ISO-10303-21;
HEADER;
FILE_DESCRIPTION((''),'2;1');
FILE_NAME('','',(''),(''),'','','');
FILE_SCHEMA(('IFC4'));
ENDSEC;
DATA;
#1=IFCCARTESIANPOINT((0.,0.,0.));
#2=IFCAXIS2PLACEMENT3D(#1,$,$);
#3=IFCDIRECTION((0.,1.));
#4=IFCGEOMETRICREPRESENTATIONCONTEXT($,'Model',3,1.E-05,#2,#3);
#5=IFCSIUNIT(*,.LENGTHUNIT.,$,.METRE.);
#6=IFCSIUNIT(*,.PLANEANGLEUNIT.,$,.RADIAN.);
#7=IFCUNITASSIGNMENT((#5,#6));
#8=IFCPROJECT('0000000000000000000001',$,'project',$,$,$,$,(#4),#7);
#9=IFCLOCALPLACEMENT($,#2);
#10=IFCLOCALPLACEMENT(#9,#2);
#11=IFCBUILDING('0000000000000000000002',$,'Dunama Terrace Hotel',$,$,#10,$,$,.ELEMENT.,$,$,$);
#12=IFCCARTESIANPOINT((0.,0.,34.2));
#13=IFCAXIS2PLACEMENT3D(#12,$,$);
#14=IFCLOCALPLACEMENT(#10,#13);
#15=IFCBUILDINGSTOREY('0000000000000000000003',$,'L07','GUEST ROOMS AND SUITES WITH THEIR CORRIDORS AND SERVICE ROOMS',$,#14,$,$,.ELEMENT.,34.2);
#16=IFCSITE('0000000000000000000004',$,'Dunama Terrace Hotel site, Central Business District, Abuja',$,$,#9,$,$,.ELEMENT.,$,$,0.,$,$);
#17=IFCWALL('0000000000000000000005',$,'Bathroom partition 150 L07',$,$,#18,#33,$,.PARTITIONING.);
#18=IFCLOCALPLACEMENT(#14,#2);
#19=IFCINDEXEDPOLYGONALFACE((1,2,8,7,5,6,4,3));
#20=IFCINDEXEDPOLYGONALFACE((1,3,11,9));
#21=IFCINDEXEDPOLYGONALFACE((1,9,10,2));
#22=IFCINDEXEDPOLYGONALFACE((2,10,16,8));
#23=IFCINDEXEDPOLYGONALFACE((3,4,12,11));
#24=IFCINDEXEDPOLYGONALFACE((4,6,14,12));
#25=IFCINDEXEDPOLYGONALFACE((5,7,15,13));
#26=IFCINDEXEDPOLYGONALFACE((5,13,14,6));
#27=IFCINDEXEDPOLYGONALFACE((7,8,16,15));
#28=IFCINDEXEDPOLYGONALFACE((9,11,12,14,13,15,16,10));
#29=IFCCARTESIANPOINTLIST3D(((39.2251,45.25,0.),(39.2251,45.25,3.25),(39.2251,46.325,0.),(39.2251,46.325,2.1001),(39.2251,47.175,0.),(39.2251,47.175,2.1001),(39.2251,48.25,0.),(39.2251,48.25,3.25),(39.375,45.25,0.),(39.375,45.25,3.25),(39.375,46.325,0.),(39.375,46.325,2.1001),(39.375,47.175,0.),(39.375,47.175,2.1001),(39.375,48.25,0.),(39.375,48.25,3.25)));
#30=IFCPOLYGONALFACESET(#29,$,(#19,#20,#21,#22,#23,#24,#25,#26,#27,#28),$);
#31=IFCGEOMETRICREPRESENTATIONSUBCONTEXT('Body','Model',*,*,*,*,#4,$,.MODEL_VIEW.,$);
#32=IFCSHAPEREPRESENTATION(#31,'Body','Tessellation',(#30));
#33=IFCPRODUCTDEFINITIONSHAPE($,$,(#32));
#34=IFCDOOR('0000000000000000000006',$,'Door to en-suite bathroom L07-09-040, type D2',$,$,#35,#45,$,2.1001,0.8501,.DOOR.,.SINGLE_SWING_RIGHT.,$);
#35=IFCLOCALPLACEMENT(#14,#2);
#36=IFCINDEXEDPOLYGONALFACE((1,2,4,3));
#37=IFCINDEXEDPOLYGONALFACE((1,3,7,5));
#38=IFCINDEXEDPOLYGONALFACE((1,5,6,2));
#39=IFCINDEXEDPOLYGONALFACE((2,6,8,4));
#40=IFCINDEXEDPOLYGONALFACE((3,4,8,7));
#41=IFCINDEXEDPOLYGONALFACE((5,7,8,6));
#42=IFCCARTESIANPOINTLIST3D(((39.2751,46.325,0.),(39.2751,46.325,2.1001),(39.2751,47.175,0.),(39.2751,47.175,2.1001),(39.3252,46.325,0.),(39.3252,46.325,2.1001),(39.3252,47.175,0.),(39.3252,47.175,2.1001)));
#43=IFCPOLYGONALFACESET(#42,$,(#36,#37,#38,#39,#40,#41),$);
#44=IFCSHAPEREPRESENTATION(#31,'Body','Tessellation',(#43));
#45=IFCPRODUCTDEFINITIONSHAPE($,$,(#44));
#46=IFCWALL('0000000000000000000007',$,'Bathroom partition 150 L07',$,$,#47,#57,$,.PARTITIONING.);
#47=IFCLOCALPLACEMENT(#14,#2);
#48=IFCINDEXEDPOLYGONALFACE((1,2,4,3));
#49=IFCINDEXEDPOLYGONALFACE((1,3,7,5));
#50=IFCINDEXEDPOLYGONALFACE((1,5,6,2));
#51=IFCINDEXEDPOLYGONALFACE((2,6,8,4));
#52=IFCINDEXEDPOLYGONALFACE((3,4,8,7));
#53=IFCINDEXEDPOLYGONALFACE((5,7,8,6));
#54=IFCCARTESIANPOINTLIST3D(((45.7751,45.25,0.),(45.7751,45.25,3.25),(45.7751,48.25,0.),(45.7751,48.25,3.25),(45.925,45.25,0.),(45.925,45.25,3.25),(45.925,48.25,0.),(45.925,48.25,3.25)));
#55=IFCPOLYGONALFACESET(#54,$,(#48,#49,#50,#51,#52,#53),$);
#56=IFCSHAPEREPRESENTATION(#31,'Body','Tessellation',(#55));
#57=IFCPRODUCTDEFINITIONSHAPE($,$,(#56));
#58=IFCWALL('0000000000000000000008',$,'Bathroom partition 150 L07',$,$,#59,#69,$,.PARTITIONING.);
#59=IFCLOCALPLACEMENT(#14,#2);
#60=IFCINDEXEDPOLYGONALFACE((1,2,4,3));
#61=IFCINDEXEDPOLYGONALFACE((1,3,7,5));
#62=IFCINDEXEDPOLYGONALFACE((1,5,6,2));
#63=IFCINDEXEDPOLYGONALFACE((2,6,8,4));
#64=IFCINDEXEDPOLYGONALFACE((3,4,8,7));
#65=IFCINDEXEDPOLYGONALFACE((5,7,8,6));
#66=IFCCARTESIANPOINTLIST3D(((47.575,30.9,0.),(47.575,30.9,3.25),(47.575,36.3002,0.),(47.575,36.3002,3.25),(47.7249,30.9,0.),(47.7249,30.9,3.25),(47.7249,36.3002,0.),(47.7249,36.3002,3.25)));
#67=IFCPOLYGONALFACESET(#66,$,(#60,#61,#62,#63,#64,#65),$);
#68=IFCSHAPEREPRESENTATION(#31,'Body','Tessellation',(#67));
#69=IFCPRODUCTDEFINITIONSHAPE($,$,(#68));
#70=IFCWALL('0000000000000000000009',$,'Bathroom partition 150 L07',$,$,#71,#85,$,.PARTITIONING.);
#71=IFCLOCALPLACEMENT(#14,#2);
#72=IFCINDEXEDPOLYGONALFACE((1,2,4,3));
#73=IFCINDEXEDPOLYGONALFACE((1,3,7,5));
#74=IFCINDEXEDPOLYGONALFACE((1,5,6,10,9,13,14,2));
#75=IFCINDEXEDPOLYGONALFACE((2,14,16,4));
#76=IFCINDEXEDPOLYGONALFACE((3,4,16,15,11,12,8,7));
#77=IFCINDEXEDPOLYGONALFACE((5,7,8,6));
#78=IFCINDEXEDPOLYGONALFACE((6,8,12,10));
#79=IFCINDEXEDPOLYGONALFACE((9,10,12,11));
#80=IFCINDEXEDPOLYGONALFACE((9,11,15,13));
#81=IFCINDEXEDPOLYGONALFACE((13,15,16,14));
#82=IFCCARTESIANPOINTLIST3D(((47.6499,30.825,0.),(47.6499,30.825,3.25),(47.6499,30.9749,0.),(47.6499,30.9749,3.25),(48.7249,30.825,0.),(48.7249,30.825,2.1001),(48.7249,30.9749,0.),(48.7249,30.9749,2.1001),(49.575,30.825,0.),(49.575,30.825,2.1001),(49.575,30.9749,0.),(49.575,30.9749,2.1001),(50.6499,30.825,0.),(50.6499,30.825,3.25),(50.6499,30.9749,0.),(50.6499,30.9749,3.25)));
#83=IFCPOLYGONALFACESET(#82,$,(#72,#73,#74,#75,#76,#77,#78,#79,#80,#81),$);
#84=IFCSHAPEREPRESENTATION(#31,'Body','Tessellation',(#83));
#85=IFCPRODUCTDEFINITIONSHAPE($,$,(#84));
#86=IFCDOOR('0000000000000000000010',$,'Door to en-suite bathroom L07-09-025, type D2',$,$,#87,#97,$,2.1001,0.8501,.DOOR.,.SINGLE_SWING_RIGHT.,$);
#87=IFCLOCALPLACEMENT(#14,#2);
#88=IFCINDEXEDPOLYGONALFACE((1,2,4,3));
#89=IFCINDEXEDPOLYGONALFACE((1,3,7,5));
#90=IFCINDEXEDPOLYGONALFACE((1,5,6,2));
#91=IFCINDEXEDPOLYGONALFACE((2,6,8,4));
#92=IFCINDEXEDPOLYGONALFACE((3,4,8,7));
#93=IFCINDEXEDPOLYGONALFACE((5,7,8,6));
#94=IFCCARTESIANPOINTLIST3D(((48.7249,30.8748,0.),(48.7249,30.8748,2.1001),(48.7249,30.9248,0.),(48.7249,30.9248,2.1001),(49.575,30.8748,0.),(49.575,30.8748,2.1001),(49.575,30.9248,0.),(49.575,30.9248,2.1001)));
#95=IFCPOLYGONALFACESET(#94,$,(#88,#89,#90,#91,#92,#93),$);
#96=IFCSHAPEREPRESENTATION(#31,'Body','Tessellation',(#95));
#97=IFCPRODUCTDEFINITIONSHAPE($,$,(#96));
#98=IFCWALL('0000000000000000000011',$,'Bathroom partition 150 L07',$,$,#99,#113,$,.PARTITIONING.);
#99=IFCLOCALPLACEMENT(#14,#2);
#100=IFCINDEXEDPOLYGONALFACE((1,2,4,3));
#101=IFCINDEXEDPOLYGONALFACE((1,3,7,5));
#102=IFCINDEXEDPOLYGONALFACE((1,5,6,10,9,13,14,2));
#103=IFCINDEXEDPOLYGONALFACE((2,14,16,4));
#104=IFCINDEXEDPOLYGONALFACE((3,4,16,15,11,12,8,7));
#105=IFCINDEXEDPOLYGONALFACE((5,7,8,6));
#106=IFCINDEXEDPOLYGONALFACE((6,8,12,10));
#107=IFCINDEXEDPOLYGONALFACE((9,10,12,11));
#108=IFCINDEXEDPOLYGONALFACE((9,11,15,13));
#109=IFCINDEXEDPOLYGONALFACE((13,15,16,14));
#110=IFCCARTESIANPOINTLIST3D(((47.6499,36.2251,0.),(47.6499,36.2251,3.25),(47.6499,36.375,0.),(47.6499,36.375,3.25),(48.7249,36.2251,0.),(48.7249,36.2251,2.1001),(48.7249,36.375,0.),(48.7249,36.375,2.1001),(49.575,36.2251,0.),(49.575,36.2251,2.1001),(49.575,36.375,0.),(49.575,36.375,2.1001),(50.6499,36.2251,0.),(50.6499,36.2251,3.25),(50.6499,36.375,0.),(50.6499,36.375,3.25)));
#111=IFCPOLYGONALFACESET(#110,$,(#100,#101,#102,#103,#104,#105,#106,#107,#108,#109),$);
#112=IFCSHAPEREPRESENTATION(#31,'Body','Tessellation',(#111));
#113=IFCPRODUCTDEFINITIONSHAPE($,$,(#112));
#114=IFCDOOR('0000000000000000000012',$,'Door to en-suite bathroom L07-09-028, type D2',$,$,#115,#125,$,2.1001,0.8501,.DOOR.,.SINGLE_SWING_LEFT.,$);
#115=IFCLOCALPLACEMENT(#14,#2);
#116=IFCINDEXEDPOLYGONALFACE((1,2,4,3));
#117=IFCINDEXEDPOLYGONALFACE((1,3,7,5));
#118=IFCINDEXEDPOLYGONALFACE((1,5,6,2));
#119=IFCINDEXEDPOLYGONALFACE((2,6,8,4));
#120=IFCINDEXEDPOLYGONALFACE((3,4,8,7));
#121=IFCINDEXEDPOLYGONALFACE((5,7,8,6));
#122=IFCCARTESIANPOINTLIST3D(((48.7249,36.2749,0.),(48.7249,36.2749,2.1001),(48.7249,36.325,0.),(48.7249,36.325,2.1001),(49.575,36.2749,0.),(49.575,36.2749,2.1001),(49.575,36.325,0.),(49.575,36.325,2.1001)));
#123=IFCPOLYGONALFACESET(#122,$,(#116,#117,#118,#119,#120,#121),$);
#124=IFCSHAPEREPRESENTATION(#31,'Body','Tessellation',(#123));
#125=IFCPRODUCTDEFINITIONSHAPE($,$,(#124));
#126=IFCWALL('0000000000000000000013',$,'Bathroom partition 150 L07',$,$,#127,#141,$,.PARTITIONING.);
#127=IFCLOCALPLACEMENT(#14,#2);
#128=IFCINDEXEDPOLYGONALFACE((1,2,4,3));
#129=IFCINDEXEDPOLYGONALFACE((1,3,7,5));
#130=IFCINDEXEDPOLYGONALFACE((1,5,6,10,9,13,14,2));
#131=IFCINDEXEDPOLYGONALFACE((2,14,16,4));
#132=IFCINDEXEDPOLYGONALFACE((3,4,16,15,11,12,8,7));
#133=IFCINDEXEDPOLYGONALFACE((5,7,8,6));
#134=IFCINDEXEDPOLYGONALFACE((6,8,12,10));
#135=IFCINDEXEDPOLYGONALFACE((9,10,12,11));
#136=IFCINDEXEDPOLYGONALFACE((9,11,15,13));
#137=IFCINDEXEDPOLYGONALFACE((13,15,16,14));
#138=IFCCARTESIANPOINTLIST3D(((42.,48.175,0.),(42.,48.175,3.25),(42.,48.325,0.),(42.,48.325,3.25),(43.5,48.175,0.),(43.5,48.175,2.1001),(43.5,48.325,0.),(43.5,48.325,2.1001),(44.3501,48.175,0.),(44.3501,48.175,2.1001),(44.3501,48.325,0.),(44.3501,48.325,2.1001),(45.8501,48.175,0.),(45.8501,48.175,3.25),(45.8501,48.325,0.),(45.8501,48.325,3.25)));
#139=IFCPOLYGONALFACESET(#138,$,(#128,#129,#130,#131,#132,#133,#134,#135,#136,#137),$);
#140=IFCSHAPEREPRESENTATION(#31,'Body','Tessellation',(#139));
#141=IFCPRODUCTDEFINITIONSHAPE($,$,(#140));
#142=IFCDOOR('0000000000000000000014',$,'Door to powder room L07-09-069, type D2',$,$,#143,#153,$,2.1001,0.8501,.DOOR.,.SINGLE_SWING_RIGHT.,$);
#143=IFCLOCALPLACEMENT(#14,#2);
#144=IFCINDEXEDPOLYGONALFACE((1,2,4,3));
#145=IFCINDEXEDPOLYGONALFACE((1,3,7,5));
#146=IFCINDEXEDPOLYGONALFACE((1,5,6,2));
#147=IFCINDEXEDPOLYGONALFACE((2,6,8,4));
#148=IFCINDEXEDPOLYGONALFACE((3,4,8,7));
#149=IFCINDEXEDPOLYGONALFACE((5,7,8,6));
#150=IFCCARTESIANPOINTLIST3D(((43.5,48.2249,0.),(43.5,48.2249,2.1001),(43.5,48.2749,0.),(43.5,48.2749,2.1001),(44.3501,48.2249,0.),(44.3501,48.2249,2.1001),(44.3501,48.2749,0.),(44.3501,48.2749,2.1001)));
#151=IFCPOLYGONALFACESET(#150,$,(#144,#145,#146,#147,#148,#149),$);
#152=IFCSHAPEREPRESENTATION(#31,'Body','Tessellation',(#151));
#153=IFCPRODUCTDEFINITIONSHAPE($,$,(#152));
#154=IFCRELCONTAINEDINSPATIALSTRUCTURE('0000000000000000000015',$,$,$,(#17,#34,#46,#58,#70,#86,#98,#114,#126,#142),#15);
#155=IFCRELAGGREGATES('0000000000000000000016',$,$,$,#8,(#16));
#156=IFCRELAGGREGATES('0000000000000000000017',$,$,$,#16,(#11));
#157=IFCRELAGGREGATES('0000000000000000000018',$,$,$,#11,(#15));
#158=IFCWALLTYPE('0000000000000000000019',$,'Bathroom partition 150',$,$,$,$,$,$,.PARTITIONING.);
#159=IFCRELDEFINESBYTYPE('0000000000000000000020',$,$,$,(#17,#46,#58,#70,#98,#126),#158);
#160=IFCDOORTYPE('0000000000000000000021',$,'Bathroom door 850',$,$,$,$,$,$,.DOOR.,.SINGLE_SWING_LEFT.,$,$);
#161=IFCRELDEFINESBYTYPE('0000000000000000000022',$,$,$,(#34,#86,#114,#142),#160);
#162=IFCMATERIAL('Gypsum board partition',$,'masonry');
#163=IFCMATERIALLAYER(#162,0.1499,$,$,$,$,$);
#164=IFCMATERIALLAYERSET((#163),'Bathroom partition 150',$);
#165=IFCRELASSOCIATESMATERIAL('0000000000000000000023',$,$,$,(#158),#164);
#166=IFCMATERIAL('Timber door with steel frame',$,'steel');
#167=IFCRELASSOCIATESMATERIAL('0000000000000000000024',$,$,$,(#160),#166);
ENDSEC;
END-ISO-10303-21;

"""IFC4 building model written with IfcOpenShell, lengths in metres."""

from ifc_helpers import new_model, si_unit, direction, frame, frame_2d, origin, place, context, subcontext, project, spatial, rectangle, extrude, material, layer, layer_set, type_object, element, fill, save


model = new_model("IFC4")

# Units and contexts
model_context = context("Model", 3, precision=1e-05, world=origin(), true_north=direction((0.0, 1.0)))
body_context = subcontext(model_context, "Body", "Model", "MODEL_VIEW")
ifc_project = project(units=[si_unit("LENGTHUNIT", "METRE"), si_unit("PLANEANGLEUNIT", "RADIAN")], contexts=[model_context])

# Site, building, storey
site_placement = place(None, origin())
site = spatial("IfcSite", under=ifc_project, at=site_placement, Name="Dunama Terrace Hotel site, Central Business District, Abuja", CompositionType="ELEMENT", RefElevation=0.0)
building_placement = place(site_placement, origin())
building = spatial("IfcBuilding", under=site, at=building_placement, Name="Dunama Terrace Hotel", CompositionType="ELEMENT")
storey_placement = place(building_placement, frame((0.0, 0.0, 34.2)))
storey = spatial("IfcBuildingStorey", under=building, at=storey_placement, Name="L07", Description="GUEST ROOMS AND SUITES WITH THEIR CORRIDORS AND SERVICE ROOMS", CompositionType="ELEMENT", Elevation=34.2)

# Wall, opening, door
ifc_material_1 = material(Name="Gypsum board partition", Category="masonry")
ifc_layer_1 = layer(ifc_material_1, 0.1499)
ifc_layer_set_1 = layer_set([ifc_layer_1], Name="Bathroom partition 150")
wall_type_1 = type_object("IfcWallType", Name="Bathroom partition 150", PredefinedType="PARTITIONING", material=ifc_layer_set_1)
wall_1_placement = place(storey_placement, frame((39.3, 45.25, 0.0), z_axis=(0.0, 0.0, 1.0), x_axis=(0.0, 1.0, 0.0)))
wall_1 = element("IfcWall", 1, at=wall_1_placement, inside=storey, type_object=wall_type_1, Name="Bathroom partition 150 L07", PredefinedType="PARTITIONING", context=body_context, shape_type="SweptSolid", body=[
    extrude(rectangle(XDim=3.0, YDim=0.1499, at=frame_2d((1.5, 0.0))), origin(), (0.0, 0.0, 1.0), 3.25),
])
opening_1_placement = place(wall_1_placement, frame((1.075, 0.0, 0.0)))
opening_1 = element("IfcOpeningElement", 2, at=opening_1_placement, cuts=wall_1, PredefinedType="OPENING", context=body_context, shape_type="SweptSolid", body=[
    extrude(rectangle(XDim=0.8501, YDim=2.1001, at=frame_2d((0.425, 1.05))), frame((0.0, 0.085, 0.0), z_axis=(0.0, -1.0, 0.0), x_axis=(1.0, 0.0, 0.0)), (0.0, 0.0, 1.0), 0.1699),
])
ifc_material_2 = material(Name="Timber door with steel frame", Category="steel")
door_type_1 = type_object("IfcDoorType", Name="Bathroom door 850", OperationType="SINGLE_SWING_LEFT", PredefinedType="DOOR", material=ifc_material_2)
door_1_placement = place(opening_1_placement, frame((0.8501, 0.0, 0.0), z_axis=(0.0, 0.0, 1.0), x_axis=(-1.0, 0.0, 0.0)))
door_1 = element("IfcDoor", 3, at=door_1_placement, inside=storey, type_object=door_type_1, Name="Door to en-suite bathroom L07-09-040, type D2", OperationType="SINGLE_SWING_RIGHT", OverallHeight=2.1001, OverallWidth=0.8501, PredefinedType="DOOR", context=body_context, shape_type="SweptSolid", body=[
    extrude(rectangle(XDim=0.8501, YDim=2.1001, at=frame_2d((0.425, 1.05))), frame((0.0, 0.0251, 0.0), z_axis=(0.0, -1.0, 0.0), x_axis=(1.0, 0.0, 0.0)), (0.0, 0.0, 1.0), 0.05),
])
fill(opening_1, door_1)

# Walls
wall_2_placement = place(storey_placement, frame((45.8501, 45.25, 0.0), z_axis=(0.0, 0.0, 1.0), x_axis=(0.0, 1.0, 0.0)))
element("IfcWall", 4, at=wall_2_placement, inside=storey, type_object=wall_type_1, Name="Bathroom partition 150 L07", PredefinedType="PARTITIONING", context=body_context, shape_type="SweptSolid", body=[
    extrude(rectangle(XDim=3.0, YDim=0.1499, at=frame_2d((1.5, 0.0))), origin(), (0.0, 0.0, 1.0), 3.25),
])
wall_3_placement = place(storey_placement, frame((47.6499, 30.8999, 0.0), z_axis=(0.0, 0.0, 1.0), x_axis=(0.0, 1.0, 0.0)))
element("IfcWall", 5, at=wall_3_placement, inside=storey, type_object=wall_type_1, Name="Bathroom partition 150 L07", PredefinedType="PARTITIONING", context=body_context, shape_type="SweptSolid", body=[
    extrude(rectangle(XDim=5.4001, YDim=0.1499, at=frame_2d((2.7002, 0.0))), origin(), (0.0, 0.0, 1.0), 3.25),
])

# Walls, openings, doors
wall_4_placement = place(storey_placement, frame((47.6499, 30.8999, 0.0), z_axis=(0.0, 0.0, 1.0), x_axis=(1.0, 0.0, 0.0)))
wall_4 = element("IfcWall", 6, at=wall_4_placement, inside=storey, type_object=wall_type_1, Name="Bathroom partition 150 L07", PredefinedType="PARTITIONING", context=body_context, shape_type="SweptSolid", body=[
    extrude(rectangle(XDim=3.0, YDim=0.1499, at=frame_2d((1.5, 0.0))), origin(), (0.0, 0.0, 1.0), 3.25),
])
opening_2_placement = place(wall_4_placement, frame((1.075, 0.0, 0.0)))
opening_2 = element("IfcOpeningElement", 7, at=opening_2_placement, cuts=wall_4, PredefinedType="OPENING", context=body_context, shape_type="SweptSolid", body=[
    extrude(rectangle(XDim=0.8501, YDim=2.1001, at=frame_2d((0.425, 1.05))), frame((0.0, 0.085, 0.0), z_axis=(0.0, -1.0, 0.0), x_axis=(1.0, 0.0, 0.0)), (0.0, 0.0, 1.0), 0.1699),
])
door_2_placement = place(opening_2_placement, origin())
door_2 = element("IfcDoor", 8, at=door_2_placement, inside=storey, type_object=door_type_1, Name="Door to en-suite bathroom L07-09-025, type D2", OperationType="SINGLE_SWING_RIGHT", OverallHeight=2.1001, OverallWidth=0.8501, PredefinedType="DOOR", context=body_context, shape_type="SweptSolid", body=[
    extrude(rectangle(XDim=0.8501, YDim=2.1001, at=frame_2d((0.425, 1.05))), frame((0.0, 0.0249, 0.0), z_axis=(0.0, -1.0, 0.0), x_axis=(1.0, 0.0, 0.0)), (0.0, 0.0, 1.0), 0.05),
])
fill(opening_2, door_2)
wall_5_placement = place(storey_placement, frame((47.6499, 36.3, 0.0), z_axis=(0.0, 0.0, 1.0), x_axis=(1.0, 0.0, 0.0)))
wall_5 = element("IfcWall", 9, at=wall_5_placement, inside=storey, type_object=wall_type_1, Name="Bathroom partition 150 L07", PredefinedType="PARTITIONING", context=body_context, shape_type="SweptSolid", body=[
    extrude(rectangle(XDim=3.0, YDim=0.1499, at=frame_2d((1.5, 0.0))), origin(), (0.0, 0.0, 1.0), 3.25),
])
opening_3_placement = place(wall_5_placement, frame((1.075, 0.0, 0.0)))
opening_3 = element("IfcOpeningElement", 10, at=opening_3_placement, cuts=wall_5, PredefinedType="OPENING", context=body_context, shape_type="SweptSolid", body=[
    extrude(rectangle(XDim=0.8501, YDim=2.1001, at=frame_2d((0.425, 1.05))), frame((0.0, 0.085, 0.0), z_axis=(0.0, -1.0, 0.0), x_axis=(1.0, 0.0, 0.0)), (0.0, 0.0, 1.0), 0.1699),
])
door_3_placement = place(opening_3_placement, frame((0.8501, 0.0, 0.0), z_axis=(0.0, 0.0, 1.0), x_axis=(-1.0, 0.0, 0.0)))
door_3 = element("IfcDoor", 11, at=door_3_placement, inside=storey, type_object=door_type_1, Name="Door to en-suite bathroom L07-09-028, type D2", OperationType="SINGLE_SWING_LEFT", OverallHeight=2.1001, OverallWidth=0.8501, PredefinedType="DOOR", context=body_context, shape_type="SweptSolid", body=[
    extrude(rectangle(XDim=0.8501, YDim=2.1001, at=frame_2d((0.425, 1.05))), frame((0.0, 0.0251, 0.0), z_axis=(0.0, -1.0, 0.0), x_axis=(1.0, 0.0, 0.0)), (0.0, 0.0, 1.0), 0.05),
])
fill(opening_3, door_3)
wall_6_placement = place(storey_placement, frame((42.0, 48.25, 0.0), z_axis=(0.0, 0.0, 1.0), x_axis=(1.0, 0.0, 0.0)))
wall_6 = element("IfcWall", 12, at=wall_6_placement, inside=storey, type_object=wall_type_1, Name="Bathroom partition 150 L07", PredefinedType="PARTITIONING", context=body_context, shape_type="SweptSolid", body=[
    extrude(rectangle(XDim=3.8501, YDim=0.1499, at=frame_2d((1.925, 0.0))), origin(), (0.0, 0.0, 1.0), 3.25),
])
opening_4_placement = place(wall_6_placement, frame((1.5, 0.0, 0.0)))
opening_4 = element("IfcOpeningElement", 13, at=opening_4_placement, cuts=wall_6, PredefinedType="OPENING", context=body_context, shape_type="SweptSolid", body=[
    extrude(rectangle(XDim=0.8501, YDim=2.1001, at=frame_2d((0.425, 1.05))), frame((0.0, 0.085, 0.0), z_axis=(0.0, -1.0, 0.0), x_axis=(1.0, 0.0, 0.0)), (0.0, 0.0, 1.0), 0.1699),
])
door_4_placement = place(opening_4_placement, frame((0.8501, 0.0, 0.0), z_axis=(0.0, 0.0, 1.0), x_axis=(-1.0, 0.0, 0.0)))
door_4 = element("IfcDoor", 14, at=door_4_placement, inside=storey, type_object=door_type_1, Name="Door to powder room L07-09-069, type D2", OperationType="SINGLE_SWING_RIGHT", OverallHeight=2.1001, OverallWidth=0.8501, PredefinedType="DOOR", context=body_context, shape_type="SweptSolid", body=[
    extrude(rectangle(XDim=0.8501, YDim=2.1001, at=frame_2d((0.425, 1.05))), frame((0.0, 0.0251, 0.0), z_axis=(0.0, -1.0, 0.0), x_axis=(1.0, 0.0, 0.0)), (0.0, 0.0, 1.0), 0.05),
])
fill(opening_4, door_4)

save(model, "model.ifc")
